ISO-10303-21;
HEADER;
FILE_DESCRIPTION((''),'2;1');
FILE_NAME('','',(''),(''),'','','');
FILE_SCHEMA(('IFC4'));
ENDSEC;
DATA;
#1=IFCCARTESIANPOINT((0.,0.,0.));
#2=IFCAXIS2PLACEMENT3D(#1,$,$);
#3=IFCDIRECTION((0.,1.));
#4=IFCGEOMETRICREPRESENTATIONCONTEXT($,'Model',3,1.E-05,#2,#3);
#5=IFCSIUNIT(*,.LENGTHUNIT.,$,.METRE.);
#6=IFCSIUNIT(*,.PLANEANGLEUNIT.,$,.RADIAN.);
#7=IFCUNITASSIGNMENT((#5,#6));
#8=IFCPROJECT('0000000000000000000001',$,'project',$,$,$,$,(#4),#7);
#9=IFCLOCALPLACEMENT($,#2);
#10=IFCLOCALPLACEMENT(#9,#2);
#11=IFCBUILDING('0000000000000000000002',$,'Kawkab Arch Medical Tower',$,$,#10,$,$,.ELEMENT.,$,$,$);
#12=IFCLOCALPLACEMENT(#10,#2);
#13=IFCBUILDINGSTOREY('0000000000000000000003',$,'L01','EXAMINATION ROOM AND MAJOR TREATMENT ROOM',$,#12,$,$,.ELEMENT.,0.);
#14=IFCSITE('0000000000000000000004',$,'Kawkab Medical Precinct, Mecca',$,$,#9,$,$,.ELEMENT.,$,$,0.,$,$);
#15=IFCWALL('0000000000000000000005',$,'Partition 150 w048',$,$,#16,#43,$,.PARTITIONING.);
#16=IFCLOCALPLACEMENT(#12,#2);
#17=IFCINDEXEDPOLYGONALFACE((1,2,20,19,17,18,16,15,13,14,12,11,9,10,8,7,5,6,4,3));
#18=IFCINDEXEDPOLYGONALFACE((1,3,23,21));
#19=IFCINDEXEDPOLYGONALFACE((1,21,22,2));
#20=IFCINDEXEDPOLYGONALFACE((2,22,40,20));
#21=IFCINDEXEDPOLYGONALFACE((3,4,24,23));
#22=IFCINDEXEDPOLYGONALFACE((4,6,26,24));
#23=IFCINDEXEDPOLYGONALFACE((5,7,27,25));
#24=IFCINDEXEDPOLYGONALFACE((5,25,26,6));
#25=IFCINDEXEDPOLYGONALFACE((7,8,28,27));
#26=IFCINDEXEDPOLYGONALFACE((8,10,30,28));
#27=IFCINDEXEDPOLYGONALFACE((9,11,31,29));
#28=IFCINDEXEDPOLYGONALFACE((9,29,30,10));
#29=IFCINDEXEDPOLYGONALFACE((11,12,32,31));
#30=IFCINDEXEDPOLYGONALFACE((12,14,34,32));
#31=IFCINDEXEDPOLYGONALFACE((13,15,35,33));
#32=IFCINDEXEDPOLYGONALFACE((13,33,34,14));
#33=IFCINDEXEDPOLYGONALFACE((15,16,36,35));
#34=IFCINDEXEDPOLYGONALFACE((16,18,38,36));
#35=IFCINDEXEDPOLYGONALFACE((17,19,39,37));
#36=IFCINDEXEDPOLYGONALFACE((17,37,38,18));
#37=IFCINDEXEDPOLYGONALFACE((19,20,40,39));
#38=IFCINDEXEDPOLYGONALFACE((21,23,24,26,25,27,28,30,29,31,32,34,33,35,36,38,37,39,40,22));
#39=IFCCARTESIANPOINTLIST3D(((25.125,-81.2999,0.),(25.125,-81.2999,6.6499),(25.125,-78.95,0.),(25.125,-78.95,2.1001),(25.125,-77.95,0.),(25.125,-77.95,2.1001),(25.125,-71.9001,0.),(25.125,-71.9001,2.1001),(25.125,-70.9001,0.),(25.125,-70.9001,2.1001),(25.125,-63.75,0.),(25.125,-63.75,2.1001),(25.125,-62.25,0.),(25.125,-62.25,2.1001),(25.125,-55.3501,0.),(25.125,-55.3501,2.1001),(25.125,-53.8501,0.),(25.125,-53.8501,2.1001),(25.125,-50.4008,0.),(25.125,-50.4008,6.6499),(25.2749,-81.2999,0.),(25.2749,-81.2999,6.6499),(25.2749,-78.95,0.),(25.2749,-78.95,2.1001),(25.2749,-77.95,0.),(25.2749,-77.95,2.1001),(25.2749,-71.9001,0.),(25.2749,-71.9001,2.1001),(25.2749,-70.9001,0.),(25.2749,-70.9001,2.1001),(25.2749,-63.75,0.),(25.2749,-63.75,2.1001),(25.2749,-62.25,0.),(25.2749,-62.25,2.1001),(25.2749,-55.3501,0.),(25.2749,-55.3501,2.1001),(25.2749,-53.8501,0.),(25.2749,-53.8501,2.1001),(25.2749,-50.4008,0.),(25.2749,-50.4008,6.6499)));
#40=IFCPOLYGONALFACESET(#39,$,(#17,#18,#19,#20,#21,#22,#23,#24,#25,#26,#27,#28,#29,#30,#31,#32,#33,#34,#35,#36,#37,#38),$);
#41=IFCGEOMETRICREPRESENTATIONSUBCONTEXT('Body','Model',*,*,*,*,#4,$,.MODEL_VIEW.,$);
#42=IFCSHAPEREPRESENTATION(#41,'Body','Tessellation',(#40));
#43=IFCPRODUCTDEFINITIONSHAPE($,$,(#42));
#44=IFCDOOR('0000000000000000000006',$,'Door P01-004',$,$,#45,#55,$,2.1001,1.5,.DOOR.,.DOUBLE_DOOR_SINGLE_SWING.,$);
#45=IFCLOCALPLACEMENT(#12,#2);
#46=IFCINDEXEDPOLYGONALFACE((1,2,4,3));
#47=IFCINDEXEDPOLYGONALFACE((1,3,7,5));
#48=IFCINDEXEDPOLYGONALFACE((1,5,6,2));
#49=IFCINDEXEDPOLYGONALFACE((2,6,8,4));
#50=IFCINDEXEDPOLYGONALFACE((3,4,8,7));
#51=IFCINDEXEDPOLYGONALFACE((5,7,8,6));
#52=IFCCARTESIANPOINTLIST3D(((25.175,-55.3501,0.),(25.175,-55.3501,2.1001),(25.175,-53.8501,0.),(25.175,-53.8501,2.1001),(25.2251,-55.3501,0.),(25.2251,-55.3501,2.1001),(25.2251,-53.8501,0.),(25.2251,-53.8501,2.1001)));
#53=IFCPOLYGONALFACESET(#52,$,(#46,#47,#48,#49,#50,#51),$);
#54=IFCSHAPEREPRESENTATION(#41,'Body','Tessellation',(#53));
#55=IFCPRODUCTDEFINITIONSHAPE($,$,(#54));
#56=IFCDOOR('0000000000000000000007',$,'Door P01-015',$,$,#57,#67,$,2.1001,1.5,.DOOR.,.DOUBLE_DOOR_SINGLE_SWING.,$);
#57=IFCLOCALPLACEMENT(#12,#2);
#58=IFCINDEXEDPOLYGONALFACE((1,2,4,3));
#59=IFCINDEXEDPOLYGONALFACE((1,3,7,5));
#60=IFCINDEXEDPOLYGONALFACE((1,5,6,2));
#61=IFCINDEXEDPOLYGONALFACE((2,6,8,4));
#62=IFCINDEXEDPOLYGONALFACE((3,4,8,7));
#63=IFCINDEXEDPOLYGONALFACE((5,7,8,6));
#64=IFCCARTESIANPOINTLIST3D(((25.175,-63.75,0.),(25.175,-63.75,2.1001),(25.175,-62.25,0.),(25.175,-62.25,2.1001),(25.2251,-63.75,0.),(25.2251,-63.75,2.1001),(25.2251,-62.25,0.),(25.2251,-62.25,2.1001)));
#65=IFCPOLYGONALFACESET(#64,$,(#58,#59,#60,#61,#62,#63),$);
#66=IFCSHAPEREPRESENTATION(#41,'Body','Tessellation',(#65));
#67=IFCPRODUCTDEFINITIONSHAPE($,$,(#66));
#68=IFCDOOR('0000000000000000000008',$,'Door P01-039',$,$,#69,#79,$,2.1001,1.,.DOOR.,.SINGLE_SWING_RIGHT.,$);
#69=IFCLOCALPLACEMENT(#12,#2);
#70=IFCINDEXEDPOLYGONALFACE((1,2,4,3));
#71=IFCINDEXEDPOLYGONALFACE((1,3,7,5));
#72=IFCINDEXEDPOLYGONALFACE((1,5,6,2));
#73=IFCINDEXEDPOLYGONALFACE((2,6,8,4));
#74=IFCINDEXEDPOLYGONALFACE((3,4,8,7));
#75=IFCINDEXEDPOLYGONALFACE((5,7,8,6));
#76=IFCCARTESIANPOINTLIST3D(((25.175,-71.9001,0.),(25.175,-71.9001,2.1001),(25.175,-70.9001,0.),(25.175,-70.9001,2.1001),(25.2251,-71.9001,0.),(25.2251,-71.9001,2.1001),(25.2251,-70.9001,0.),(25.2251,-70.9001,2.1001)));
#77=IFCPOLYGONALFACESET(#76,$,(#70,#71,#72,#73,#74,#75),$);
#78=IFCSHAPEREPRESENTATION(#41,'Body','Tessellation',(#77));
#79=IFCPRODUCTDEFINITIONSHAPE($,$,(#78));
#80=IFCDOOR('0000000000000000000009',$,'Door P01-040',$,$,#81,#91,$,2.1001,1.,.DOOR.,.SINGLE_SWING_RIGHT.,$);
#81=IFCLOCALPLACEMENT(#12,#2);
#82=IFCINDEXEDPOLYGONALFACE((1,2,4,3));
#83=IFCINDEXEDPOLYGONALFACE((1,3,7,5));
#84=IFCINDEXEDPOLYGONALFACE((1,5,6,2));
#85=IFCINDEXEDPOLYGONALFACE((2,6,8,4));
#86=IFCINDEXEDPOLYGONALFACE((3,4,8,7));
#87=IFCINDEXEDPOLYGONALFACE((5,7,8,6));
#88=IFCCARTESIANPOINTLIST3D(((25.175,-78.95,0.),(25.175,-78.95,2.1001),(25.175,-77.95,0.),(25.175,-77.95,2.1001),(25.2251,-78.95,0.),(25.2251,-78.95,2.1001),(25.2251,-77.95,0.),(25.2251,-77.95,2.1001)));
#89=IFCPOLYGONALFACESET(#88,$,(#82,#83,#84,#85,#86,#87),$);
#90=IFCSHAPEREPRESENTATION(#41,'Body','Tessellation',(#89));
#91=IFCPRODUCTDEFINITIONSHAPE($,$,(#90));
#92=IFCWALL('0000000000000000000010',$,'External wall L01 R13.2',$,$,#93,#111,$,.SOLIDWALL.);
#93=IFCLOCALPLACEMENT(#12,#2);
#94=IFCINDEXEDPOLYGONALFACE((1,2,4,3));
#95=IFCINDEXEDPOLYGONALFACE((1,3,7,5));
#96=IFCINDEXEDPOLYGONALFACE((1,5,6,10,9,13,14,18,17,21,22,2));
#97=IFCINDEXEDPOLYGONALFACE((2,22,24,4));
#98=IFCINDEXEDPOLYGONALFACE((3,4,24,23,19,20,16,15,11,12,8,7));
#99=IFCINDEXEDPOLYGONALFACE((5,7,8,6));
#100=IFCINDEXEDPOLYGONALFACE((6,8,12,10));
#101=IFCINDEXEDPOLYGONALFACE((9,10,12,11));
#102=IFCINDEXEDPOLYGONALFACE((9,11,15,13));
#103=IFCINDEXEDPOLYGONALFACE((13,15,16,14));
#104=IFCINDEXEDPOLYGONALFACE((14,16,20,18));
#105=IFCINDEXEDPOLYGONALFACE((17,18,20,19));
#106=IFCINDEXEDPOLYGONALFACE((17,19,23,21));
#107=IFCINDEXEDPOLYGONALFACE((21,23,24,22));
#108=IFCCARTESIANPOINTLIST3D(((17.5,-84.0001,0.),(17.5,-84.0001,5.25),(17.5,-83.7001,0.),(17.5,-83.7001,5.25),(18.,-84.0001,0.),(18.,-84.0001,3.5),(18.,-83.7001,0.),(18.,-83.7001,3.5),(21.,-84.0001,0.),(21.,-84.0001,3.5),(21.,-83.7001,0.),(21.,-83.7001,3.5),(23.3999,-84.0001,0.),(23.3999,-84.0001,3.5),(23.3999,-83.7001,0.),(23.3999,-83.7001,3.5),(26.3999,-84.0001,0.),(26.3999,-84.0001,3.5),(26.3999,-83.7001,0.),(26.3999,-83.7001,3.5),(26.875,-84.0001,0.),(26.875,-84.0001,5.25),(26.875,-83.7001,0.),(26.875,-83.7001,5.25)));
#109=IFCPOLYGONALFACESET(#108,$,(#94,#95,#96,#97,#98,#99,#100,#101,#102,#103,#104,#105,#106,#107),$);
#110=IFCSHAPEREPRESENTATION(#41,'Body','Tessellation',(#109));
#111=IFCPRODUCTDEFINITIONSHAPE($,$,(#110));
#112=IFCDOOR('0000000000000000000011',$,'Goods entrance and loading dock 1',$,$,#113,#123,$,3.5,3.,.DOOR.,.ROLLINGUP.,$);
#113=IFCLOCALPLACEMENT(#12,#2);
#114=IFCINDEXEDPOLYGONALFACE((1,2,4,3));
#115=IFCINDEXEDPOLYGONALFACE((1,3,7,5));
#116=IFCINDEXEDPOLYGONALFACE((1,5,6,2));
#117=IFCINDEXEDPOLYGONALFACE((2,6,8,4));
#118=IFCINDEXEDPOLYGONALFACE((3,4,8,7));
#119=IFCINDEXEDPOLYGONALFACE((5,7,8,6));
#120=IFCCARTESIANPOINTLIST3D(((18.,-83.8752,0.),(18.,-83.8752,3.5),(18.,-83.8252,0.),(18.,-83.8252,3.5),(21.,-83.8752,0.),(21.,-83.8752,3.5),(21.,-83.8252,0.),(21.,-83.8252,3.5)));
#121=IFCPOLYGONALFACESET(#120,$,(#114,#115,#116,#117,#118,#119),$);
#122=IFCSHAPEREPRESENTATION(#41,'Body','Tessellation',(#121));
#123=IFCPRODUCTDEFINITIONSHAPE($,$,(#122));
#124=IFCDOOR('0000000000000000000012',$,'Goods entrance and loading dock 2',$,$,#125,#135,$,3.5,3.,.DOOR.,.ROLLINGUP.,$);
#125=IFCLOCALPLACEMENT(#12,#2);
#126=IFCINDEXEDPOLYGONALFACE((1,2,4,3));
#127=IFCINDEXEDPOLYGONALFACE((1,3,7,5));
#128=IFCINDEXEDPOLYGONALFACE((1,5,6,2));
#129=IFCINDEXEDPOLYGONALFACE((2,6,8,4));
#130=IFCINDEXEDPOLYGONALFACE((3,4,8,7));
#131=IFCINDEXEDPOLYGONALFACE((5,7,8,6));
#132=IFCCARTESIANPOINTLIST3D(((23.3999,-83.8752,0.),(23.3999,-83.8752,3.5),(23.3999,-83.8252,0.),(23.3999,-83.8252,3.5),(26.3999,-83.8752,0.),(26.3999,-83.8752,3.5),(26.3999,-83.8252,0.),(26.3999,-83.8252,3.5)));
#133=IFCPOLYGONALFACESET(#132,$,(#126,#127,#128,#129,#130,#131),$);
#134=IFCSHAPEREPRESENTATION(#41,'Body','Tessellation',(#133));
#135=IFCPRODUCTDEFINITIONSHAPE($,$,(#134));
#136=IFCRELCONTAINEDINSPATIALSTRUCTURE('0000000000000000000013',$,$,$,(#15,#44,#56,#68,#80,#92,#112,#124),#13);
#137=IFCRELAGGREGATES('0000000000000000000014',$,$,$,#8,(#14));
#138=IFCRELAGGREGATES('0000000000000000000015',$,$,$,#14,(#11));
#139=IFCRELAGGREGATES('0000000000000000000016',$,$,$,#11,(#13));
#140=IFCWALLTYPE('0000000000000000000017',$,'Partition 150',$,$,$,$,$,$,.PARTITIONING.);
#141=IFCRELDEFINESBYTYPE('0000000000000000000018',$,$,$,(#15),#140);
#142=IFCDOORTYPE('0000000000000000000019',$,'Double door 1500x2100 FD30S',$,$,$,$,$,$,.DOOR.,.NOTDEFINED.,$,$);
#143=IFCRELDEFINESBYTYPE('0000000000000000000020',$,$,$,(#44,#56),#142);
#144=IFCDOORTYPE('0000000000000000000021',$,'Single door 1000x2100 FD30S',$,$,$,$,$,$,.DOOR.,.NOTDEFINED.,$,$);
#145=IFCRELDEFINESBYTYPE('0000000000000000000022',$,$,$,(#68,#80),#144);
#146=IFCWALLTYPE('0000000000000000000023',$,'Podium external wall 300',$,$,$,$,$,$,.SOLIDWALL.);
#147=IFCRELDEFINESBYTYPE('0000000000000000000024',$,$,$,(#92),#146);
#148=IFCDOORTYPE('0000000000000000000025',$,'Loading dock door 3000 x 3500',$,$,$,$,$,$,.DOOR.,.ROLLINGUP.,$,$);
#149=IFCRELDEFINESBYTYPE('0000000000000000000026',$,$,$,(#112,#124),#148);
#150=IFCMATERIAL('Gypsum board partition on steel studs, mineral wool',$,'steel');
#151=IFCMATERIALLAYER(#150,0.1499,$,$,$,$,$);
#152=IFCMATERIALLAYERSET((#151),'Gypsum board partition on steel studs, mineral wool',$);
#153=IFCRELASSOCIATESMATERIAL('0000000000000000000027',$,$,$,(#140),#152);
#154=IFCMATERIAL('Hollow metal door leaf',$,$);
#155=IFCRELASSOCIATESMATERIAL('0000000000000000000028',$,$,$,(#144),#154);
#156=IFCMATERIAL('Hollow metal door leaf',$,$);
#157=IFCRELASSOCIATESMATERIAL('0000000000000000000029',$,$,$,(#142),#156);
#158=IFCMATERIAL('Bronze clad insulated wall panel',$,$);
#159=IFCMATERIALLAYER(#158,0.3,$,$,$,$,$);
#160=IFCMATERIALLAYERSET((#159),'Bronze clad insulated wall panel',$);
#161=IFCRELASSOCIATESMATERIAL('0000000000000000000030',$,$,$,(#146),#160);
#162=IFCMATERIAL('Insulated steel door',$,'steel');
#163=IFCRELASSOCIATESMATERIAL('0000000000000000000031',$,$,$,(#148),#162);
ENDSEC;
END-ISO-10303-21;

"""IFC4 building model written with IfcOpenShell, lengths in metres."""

from ifc_helpers import new_model, si_unit, direction, frame, frame_2d, origin, place, context, subcontext, project, spatial, rectangle, extrude, material, layer, layer_set, type_object, element, fill, save


model = new_model("IFC4")

# Units and contexts
model_context = context("Model", 3, precision=1e-05, world=origin(), true_north=direction((0.0, 1.0)))
body_context = subcontext(model_context, "Body", "Model", "MODEL_VIEW")
ifc_project = project(units=[si_unit("LENGTHUNIT", "METRE"), si_unit("PLANEANGLEUNIT", "RADIAN")], contexts=[model_context])

# Site, building, storey
site_placement = place(None, origin())
site = spatial("IfcSite", under=ifc_project, at=site_placement, Name="Kawkab Medical Precinct, Mecca", CompositionType="ELEMENT", RefElevation=0.0)
building_placement = place(site_placement, origin())
building = spatial("IfcBuilding", under=site, at=building_placement, Name="Kawkab Arch Medical Tower", CompositionType="ELEMENT")
storey_placement = place(building_placement, origin())
storey = spatial("IfcBuildingStorey", under=building, at=storey_placement, Name="L01", Description="EXAMINATION ROOM AND MAJOR TREATMENT ROOM", CompositionType="ELEMENT", Elevation=0.0)

# Walls, openings, doors
ifc_material_1 = material(Name="Gypsum board partition on steel studs, mineral wool", Category="steel")
ifc_layer_1 = layer(ifc_material_1, 0.1499)
ifc_layer_set_1 = layer_set([ifc_layer_1], Name="Gypsum board partition on steel studs, mineral wool")
wall_type_1 = type_object("IfcWallType", Name="Partition 150", PredefinedType="PARTITIONING", material=ifc_layer_set_1)
ifc_material_2 = material(Name="Hollow metal door leaf")
door_type_1 = type_object("IfcDoorType", Name="Single door 1000x2100 FD30S", OperationType="NOTDEFINED", PredefinedType="DOOR", material=ifc_material_2)
wall_1_placement = place(storey_placement, frame((25.2, -81.3, 0.0), z_axis=(0.0, 0.0, 1.0), x_axis=(0.0, 1.0, 0.0)))
wall_1 = element("IfcWall", 1, at=wall_1_placement, inside=storey, type_object=wall_type_1, Name="Partition 150 w048", PredefinedType="PARTITIONING", context=body_context, shape_type="SweptSolid", body=[
    extrude(rectangle(XDim=30.8992, YDim=0.1499, at=frame_2d((15.4497, 0.0))), origin(), (0.0, 0.0, 1.0), 6.6499),
])
opening_1_placement = place(wall_1_placement, frame((25.95, 0.0, 0.0)))
opening_1 = element("IfcOpeningElement", 2, at=opening_1_placement, cuts=wall_1, PredefinedType="OPENING", context=body_context, shape_type="SweptSolid", body=[
    extrude(rectangle(XDim=1.5, YDim=2.1001, at=frame_2d((0.75, 1.05))), frame((0.0, 0.085, 0.0), z_axis=(0.0, -1.0, 0.0), x_axis=(1.0, 0.0, 0.0)), (0.0, 0.0, 1.0), 0.1699),
])
opening_2_placement = place(wall_1_placement, frame((17.55, 0.0, 0.0)))
opening_2 = element("IfcOpeningElement", 3, at=opening_2_placement, cuts=wall_1, PredefinedType="OPENING", context=body_context, shape_type="SweptSolid", body=[
    extrude(rectangle(XDim=1.5, YDim=2.1001, at=frame_2d((0.75, 1.05))), frame((0.0, 0.085, 0.0), z_axis=(0.0, -1.0, 0.0), x_axis=(1.0, 0.0, 0.0)), (0.0, 0.0, 1.0), 0.1699),
])
opening_3_placement = place(wall_1_placement, frame((9.3999, 0.0, 0.0)))
opening_3 = element("IfcOpeningElement", 4, at=opening_3_placement, cuts=wall_1, PredefinedType="OPENING", context=body_context, shape_type="SweptSolid", body=[
    extrude(rectangle(XDim=1.0, YDim=2.1001, at=frame_2d((0.5, 1.05))), frame((0.0, 0.085, 0.0), z_axis=(0.0, -1.0, 0.0), x_axis=(1.0, 0.0, 0.0)), (0.0, 0.0, 1.0), 0.1699),
])
opening_4_placement = place(wall_1_placement, frame((2.3501, 0.0, 0.0)))
opening_4 = element("IfcOpeningElement", 5, at=opening_4_placement, cuts=wall_1, PredefinedType="OPENING", context=body_context, shape_type="SweptSolid", body=[
    extrude(rectangle(XDim=1.0, YDim=2.1001, at=frame_2d((0.5, 1.05))), frame((0.0, 0.085, 0.0), z_axis=(0.0, -1.0, 0.0), x_axis=(1.0, 0.0, 0.0)), (0.0, 0.0, 1.0), 0.1699),
])
ifc_material_3 = material(Name="Hollow metal door leaf")
door_type_2 = type_object("IfcDoorType", Name="Double door 1500x2100 FD30S", OperationType="NOTDEFINED", PredefinedType="DOOR", material=ifc_material_3)
door_1_placement = place(opening_1_placement, origin())
door_1 = element("IfcDoor", 6, at=door_1_placement, inside=storey, type_object=door_type_2, Name="Door P01-004", OperationType="DOUBLE_DOOR_SINGLE_SWING", OverallHeight=2.1001, OverallWidth=1.5, PredefinedType="DOOR", context=body_context, shape_type="SweptSolid", body=[
    extrude(rectangle(XDim=1.5, YDim=2.1001, at=frame_2d((0.75, 1.05))), frame((0.0, 0.0249, 0.0), z_axis=(0.0, -1.0, 0.0), x_axis=(1.0, 0.0, 0.0)), (0.0, 0.0, 1.0), 0.05),
])
fill(opening_1, door_1)
door_2_placement = place(opening_2_placement, origin())
door_2 = element("IfcDoor", 7, at=door_2_placement, inside=storey, type_object=door_type_2, Name="Door P01-015", OperationType="DOUBLE_DOOR_SINGLE_SWING", OverallHeight=2.1001, OverallWidth=1.5, PredefinedType="DOOR", context=body_context, shape_type="SweptSolid", body=[
    extrude(rectangle(XDim=1.5, YDim=2.1001, at=frame_2d((0.75, 1.05))), frame((0.0, 0.0249, 0.0), z_axis=(0.0, -1.0, 0.0), x_axis=(1.0, 0.0, 0.0)), (0.0, 0.0, 1.0), 0.05),
])
fill(opening_2, door_2)
door_3_placement = place(opening_3_placement, origin())
door_3 = element("IfcDoor", 8, at=door_3_placement, inside=storey, type_object=door_type_1, Name="Door P01-039", OperationType="SINGLE_SWING_RIGHT", OverallHeight=2.1001, OverallWidth=1.0, PredefinedType="DOOR", context=body_context, shape_type="SweptSolid", body=[
    extrude(rectangle(XDim=1.0, YDim=2.1001, at=frame_2d((0.5, 1.05))), frame((0.0, 0.0249, 0.0), z_axis=(0.0, -1.0, 0.0), x_axis=(1.0, 0.0, 0.0)), (0.0, 0.0, 1.0), 0.05),
])
fill(opening_3, door_3)
door_4_placement = place(opening_4_placement, origin())
door_4 = element("IfcDoor", 9, at=door_4_placement, inside=storey, type_object=door_type_1, Name="Door P01-040", OperationType="SINGLE_SWING_RIGHT", OverallHeight=2.1001, OverallWidth=1.0, PredefinedType="DOOR", context=body_context, shape_type="SweptSolid", body=[
    extrude(rectangle(XDim=1.0, YDim=2.1001, at=frame_2d((0.5, 1.05))), frame((0.0, 0.0249, 0.0), z_axis=(0.0, -1.0, 0.0), x_axis=(1.0, 0.0, 0.0)), (0.0, 0.0, 1.0), 0.05),
])
fill(opening_4, door_4)
ifc_material_4 = material(Name="Bronze clad insulated wall panel")
ifc_layer_2 = layer(ifc_material_4, 0.3)
ifc_layer_set_2 = layer_set([ifc_layer_2], Name="Bronze clad insulated wall panel")
wall_type_2 = type_object("IfcWallType", Name="Podium external wall 300", PredefinedType="SOLIDWALL", material=ifc_layer_set_2)
wall_2_placement = place(storey_placement, frame((17.5, -83.8501, 0.0), z_axis=(0.0, 0.0, 1.0), x_axis=(1.0, 0.0, 0.0)))
wall_2 = element("IfcWall", 10, at=wall_2_placement, inside=storey, type_object=wall_type_2, Name="External wall L01 R13.2", PredefinedType="SOLIDWALL", context=body_context, shape_type="SweptSolid", body=[
    extrude(rectangle(XDim=9.375, YDim=0.3, at=frame_2d((4.6875, 0.0))), origin(), (0.0, 0.0, 1.0), 5.25),
])
opening_5_placement = place(wall_2_placement, frame((0.5, 0.0, 0.0)))
opening_5 = element("IfcOpeningElement", 11, at=opening_5_placement, cuts=wall_2, PredefinedType="OPENING", context=body_context, shape_type="SweptSolid", body=[
    extrude(rectangle(XDim=3.0, YDim=3.5, at=frame_2d((1.5, 1.75))), frame((0.0, 0.1599, 0.0), z_axis=(0.0, -1.0, 0.0), x_axis=(1.0, 0.0, 0.0)), (0.0, 0.0, 1.0), 0.3201),
])
opening_6_placement = place(wall_2_placement, frame((5.8999, 0.0, 0.0)))
opening_6 = element("IfcOpeningElement", 12, at=opening_6_placement, cuts=wall_2, PredefinedType="OPENING", context=body_context, shape_type="SweptSolid", body=[
    extrude(rectangle(XDim=3.0, YDim=3.5, at=frame_2d((1.5, 1.75))), frame((0.0, 0.1599, 0.0), z_axis=(0.0, -1.0, 0.0), x_axis=(1.0, 0.0, 0.0)), (0.0, 0.0, 1.0), 0.3201),
])
ifc_material_5 = material(Name="Insulated steel door", Category="steel")
door_type_3 = type_object("IfcDoorType", Name="Loading dock door 3000 x 3500", OperationType="ROLLINGUP", PredefinedType="DOOR", material=ifc_material_5)
door_5_placement = place(opening_5_placement, origin())
door_5 = element("IfcDoor", 13, at=door_5_placement, inside=storey, type_object=door_type_3, Name="Goods entrance and loading dock 1", OperationType="ROLLINGUP", OverallHeight=3.5, OverallWidth=3.0, PredefinedType="DOOR", context=body_context, shape_type="SweptSolid", body=[
    extrude(rectangle(XDim=3.0, YDim=3.5, at=frame_2d((1.5, 1.75))), frame((0.0, 0.0249, 0.0), z_axis=(0.0, -1.0, 0.0), x_axis=(1.0, 0.0, 0.0)), (0.0, 0.0, 1.0), 0.05),
])
fill(opening_5, door_5)
door_6_placement = place(opening_6_placement, origin())
door_6 = element("IfcDoor", 14, at=door_6_placement, inside=storey, type_object=door_type_3, Name="Goods entrance and loading dock 2", OperationType="ROLLINGUP", OverallHeight=3.5, OverallWidth=3.0, PredefinedType="DOOR", context=body_context, shape_type="SweptSolid", body=[
    extrude(rectangle(XDim=3.0, YDim=3.5, at=frame_2d((1.5, 1.75))), frame((0.0, 0.0249, 0.0), z_axis=(0.0, -1.0, 0.0), x_axis=(1.0, 0.0, 0.0)), (0.0, 0.0, 1.0), 0.05),
])
fill(opening_6, door_6)

save(model, "model.ifc")
